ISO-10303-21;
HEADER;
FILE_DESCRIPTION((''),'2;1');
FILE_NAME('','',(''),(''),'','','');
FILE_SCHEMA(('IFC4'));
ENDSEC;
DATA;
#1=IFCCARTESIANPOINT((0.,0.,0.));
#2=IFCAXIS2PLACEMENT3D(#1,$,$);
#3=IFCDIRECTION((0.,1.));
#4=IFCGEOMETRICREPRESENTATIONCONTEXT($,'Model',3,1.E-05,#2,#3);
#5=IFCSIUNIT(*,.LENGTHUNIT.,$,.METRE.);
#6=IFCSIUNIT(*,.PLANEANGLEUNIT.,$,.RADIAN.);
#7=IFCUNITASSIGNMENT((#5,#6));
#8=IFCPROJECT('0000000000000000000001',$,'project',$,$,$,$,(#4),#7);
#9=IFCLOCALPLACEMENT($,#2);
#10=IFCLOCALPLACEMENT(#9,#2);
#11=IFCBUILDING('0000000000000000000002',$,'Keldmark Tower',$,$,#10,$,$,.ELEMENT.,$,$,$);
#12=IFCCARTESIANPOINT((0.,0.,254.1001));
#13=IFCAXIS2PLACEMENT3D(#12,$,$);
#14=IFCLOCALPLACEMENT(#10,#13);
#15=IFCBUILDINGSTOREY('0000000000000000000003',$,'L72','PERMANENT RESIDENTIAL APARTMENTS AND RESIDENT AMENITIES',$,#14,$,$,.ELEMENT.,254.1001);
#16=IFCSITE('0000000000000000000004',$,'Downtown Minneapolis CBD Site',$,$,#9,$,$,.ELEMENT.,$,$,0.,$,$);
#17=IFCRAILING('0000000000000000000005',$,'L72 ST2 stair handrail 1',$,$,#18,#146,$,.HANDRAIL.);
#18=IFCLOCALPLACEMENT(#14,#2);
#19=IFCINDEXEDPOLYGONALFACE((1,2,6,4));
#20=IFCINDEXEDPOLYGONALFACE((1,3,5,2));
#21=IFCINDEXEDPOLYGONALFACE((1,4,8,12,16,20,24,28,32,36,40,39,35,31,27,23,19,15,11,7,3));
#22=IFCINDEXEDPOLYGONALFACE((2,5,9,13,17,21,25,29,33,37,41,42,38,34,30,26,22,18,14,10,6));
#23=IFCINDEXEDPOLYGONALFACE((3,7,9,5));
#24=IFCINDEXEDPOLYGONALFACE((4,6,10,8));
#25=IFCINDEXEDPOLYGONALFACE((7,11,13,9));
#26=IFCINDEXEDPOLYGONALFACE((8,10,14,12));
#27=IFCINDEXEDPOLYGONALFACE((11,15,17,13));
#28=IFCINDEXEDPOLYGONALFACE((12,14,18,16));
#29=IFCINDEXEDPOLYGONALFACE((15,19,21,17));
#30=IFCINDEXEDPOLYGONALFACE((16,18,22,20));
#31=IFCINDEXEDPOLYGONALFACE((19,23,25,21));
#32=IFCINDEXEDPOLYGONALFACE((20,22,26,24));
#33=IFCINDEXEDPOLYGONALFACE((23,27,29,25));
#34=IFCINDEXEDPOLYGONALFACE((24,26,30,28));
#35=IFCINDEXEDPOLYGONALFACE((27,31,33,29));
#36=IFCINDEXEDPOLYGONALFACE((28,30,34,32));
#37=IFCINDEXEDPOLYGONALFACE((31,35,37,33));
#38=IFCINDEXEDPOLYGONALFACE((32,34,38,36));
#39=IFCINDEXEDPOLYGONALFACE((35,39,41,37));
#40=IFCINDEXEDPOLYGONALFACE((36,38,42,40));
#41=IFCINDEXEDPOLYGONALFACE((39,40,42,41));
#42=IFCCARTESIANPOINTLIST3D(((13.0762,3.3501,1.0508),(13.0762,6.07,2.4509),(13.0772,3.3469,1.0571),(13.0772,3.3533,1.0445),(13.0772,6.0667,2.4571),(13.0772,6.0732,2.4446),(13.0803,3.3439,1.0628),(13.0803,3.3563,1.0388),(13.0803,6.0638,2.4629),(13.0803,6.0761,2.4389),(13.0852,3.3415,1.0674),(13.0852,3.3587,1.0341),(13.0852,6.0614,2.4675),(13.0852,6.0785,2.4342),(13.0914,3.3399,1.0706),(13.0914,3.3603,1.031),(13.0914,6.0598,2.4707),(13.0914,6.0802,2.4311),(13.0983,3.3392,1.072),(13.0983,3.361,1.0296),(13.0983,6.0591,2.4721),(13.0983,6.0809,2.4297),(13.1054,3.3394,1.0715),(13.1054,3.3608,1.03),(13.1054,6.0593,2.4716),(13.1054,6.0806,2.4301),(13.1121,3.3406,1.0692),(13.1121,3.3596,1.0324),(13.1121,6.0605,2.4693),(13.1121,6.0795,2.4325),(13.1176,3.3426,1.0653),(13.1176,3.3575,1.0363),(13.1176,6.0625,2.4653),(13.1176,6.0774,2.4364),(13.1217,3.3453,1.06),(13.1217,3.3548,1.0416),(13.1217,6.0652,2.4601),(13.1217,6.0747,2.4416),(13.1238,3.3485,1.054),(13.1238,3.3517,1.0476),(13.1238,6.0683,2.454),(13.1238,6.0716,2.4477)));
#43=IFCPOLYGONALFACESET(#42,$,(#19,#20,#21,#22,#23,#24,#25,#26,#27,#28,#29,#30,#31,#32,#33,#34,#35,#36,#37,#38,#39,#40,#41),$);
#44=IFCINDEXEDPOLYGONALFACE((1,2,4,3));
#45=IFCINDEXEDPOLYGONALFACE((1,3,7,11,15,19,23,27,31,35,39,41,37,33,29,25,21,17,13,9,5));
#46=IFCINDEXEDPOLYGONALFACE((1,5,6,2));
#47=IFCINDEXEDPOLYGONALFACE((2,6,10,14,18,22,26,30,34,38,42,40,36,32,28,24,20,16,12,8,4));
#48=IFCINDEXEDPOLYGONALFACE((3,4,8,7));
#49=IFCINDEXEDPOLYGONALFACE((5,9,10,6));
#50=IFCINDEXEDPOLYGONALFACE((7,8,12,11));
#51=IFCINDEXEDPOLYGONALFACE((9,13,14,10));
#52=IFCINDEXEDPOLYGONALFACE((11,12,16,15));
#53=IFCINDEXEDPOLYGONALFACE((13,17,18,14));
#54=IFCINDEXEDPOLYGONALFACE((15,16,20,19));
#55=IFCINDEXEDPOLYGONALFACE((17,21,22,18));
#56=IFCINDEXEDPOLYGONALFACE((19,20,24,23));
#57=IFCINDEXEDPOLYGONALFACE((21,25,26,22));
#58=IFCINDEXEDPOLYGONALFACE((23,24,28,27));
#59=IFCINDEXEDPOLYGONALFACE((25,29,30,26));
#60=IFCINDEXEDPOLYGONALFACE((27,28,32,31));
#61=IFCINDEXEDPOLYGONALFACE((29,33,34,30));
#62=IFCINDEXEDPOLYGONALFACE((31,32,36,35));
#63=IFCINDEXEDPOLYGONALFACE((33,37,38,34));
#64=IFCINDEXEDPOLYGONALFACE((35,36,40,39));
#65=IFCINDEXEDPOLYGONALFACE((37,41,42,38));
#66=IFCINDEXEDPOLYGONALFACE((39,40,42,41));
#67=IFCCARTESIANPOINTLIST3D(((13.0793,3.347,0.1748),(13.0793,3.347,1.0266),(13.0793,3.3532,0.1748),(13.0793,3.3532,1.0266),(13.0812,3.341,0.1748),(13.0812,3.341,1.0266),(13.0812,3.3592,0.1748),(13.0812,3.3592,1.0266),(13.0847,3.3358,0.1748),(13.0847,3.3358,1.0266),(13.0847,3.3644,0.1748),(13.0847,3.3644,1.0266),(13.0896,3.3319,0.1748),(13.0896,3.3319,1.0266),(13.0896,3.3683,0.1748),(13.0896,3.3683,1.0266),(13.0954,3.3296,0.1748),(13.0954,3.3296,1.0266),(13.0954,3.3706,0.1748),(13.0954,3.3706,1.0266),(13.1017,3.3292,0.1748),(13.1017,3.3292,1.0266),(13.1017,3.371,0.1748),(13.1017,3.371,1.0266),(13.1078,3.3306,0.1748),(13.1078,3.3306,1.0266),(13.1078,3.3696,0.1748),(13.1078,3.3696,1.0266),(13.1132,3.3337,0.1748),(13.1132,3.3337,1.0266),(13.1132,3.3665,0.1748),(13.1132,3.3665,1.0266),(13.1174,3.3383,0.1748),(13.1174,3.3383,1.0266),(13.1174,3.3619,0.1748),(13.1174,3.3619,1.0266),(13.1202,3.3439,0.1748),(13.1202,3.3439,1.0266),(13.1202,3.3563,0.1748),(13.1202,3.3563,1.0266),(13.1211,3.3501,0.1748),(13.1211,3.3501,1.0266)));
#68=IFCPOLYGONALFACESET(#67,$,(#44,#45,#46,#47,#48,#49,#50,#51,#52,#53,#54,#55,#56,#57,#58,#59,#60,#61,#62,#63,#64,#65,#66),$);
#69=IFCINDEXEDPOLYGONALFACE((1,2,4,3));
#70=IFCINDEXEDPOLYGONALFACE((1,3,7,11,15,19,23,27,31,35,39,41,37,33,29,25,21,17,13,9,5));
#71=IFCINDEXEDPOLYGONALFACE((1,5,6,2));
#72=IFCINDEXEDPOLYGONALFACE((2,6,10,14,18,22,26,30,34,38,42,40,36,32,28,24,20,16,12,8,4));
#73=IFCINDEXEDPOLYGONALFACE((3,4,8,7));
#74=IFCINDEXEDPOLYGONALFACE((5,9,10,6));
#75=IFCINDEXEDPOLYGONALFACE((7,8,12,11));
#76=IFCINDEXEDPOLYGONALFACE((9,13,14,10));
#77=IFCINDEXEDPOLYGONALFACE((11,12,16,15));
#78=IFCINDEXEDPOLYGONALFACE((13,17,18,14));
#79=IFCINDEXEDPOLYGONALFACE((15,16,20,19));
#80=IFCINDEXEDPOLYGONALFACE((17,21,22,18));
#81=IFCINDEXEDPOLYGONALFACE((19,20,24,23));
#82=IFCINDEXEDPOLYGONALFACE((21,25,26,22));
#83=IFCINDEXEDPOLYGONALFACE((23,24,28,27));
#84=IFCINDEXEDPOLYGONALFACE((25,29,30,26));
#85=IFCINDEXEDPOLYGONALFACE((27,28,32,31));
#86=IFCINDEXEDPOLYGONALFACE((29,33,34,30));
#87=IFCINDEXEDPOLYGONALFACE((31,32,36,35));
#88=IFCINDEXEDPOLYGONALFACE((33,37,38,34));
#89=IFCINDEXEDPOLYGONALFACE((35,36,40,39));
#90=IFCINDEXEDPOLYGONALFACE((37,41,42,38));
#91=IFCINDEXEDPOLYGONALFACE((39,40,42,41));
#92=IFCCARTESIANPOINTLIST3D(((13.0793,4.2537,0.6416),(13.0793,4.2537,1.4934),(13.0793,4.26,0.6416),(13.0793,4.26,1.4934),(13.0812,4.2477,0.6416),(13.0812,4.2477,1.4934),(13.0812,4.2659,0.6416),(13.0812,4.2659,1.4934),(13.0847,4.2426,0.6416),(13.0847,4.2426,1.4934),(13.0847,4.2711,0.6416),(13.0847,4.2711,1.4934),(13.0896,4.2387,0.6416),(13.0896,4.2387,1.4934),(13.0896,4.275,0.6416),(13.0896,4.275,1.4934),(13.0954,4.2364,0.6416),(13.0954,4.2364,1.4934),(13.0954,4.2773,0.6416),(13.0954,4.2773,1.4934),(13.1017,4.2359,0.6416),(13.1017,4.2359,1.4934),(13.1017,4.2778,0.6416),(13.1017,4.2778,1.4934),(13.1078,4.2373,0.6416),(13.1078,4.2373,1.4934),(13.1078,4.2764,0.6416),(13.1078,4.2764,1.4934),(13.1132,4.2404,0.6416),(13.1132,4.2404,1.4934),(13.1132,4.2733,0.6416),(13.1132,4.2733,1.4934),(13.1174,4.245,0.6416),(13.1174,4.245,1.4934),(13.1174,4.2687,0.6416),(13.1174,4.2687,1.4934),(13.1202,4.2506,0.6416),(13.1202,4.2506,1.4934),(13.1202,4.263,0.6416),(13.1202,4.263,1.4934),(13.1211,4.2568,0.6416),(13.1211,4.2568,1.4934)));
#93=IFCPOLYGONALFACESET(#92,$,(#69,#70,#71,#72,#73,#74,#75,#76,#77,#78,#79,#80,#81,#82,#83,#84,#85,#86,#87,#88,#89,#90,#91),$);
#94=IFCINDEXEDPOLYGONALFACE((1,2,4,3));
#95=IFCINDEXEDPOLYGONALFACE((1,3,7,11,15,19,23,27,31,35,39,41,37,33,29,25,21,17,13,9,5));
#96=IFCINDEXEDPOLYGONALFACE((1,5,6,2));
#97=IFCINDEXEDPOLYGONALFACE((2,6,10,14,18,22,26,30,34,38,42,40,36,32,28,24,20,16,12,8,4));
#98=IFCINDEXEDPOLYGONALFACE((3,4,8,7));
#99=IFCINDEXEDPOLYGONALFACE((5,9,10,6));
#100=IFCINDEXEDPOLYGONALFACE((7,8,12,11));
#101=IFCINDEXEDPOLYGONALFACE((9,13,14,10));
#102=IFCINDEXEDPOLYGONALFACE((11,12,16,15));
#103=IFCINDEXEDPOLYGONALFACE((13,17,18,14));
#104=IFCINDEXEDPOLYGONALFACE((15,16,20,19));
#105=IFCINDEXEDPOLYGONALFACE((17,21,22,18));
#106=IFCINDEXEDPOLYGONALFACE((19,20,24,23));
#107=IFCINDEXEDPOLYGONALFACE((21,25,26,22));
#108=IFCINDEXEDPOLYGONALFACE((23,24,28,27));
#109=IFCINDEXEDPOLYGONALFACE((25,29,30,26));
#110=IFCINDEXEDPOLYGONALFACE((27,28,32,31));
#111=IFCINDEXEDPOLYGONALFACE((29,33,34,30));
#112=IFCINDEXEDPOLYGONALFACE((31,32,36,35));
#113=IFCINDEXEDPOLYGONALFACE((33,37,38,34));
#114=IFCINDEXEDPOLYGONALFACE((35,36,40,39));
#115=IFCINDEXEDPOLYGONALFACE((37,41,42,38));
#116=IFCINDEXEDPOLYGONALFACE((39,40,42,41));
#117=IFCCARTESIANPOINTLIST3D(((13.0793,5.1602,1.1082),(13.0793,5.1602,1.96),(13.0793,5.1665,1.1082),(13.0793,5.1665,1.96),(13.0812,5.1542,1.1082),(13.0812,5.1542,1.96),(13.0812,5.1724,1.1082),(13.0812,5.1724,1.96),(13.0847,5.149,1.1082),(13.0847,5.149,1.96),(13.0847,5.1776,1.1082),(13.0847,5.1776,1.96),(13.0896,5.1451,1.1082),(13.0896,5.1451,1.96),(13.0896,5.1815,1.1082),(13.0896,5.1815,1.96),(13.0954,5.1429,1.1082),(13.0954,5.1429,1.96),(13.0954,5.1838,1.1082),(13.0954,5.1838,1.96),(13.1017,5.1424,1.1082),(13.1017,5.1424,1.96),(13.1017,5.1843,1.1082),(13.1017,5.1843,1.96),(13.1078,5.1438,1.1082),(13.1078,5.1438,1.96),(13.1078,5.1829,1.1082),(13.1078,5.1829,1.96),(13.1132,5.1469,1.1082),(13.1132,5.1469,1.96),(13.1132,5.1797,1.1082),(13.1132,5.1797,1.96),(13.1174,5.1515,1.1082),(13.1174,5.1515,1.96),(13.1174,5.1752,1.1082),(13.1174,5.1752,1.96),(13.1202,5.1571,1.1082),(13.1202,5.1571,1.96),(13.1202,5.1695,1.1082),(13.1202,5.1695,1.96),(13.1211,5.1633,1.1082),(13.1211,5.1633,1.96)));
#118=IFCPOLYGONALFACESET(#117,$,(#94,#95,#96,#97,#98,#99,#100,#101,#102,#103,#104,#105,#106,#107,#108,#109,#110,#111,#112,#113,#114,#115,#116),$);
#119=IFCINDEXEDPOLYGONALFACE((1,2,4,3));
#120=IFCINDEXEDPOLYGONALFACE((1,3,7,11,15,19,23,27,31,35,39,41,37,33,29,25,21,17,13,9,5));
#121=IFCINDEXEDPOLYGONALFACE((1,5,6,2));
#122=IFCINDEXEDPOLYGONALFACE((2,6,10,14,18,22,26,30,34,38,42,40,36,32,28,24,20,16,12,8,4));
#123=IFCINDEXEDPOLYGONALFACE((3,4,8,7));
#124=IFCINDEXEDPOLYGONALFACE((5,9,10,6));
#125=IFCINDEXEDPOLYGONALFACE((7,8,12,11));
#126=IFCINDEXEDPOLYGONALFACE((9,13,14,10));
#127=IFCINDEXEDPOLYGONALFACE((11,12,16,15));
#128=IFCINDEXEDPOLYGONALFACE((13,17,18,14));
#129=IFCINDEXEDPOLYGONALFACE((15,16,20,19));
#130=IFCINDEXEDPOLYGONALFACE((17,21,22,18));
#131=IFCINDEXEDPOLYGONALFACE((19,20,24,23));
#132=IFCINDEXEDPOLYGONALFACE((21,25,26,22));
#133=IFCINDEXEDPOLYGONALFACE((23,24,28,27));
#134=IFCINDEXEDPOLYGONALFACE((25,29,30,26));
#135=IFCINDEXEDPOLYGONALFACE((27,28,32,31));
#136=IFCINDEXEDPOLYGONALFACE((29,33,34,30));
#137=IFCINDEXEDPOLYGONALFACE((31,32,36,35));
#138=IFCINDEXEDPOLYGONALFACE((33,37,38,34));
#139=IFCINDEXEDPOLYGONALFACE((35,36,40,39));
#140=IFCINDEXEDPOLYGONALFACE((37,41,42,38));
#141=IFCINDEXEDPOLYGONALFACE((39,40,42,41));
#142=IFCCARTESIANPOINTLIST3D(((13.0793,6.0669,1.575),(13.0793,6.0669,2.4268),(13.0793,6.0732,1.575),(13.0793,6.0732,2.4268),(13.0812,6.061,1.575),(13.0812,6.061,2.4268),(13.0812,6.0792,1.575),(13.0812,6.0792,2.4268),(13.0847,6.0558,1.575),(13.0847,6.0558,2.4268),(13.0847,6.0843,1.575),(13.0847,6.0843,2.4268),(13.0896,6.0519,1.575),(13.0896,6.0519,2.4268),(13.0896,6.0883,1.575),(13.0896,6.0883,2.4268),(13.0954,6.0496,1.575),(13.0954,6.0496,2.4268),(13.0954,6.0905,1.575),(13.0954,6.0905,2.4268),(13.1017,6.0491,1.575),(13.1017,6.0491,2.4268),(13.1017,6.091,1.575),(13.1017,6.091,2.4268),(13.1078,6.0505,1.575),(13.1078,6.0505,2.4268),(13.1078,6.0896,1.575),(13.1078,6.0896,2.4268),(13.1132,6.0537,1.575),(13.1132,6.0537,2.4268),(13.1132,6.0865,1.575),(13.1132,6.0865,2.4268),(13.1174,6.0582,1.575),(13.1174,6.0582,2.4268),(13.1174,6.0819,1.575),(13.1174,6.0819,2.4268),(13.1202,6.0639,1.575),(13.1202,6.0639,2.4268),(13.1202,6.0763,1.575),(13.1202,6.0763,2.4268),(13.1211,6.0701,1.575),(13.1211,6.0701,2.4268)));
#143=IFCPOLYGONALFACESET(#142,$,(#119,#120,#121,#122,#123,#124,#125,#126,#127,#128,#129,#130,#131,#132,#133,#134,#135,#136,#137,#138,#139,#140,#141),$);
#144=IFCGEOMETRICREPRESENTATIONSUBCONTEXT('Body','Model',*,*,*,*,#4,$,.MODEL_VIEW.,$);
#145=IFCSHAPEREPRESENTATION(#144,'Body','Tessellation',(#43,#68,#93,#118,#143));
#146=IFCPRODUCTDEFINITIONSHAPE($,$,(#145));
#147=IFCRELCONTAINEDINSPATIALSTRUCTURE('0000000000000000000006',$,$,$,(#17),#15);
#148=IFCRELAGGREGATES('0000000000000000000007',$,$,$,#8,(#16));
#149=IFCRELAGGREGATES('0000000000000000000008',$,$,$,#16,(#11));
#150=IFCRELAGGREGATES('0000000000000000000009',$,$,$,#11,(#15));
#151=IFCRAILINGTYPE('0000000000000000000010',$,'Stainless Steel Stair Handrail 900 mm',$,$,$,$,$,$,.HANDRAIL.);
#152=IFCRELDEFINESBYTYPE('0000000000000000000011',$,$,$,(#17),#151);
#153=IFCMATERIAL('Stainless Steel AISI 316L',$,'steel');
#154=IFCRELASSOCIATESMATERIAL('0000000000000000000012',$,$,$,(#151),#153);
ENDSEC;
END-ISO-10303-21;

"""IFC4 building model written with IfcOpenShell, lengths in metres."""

from ifc_helpers import new_model, si_unit, direction, frame, origin, origin_2d, place, context, subcontext, project, spatial, circle, extrude, material, type_object, element, save


model = new_model("IFC4")

# Units and contexts
model_context = context("Model", 3, precision=1e-05, world=origin(), true_north=direction((0.0, 1.0)))
body_context = subcontext(model_context, "Body", "Model", "MODEL_VIEW")
ifc_project = project(units=[si_unit("LENGTHUNIT", "METRE"), si_unit("PLANEANGLEUNIT", "RADIAN")], contexts=[model_context])

# Site, building, storey
site_placement = place(None, origin())
site = spatial("IfcSite", under=ifc_project, at=site_placement, Name="Downtown Minneapolis CBD Site", CompositionType="ELEMENT", RefElevation=0.0)
building_placement = place(site_placement, origin())
building = spatial("IfcBuilding", under=site, at=building_placement, Name="Keldmark Tower", CompositionType="ELEMENT")
storey_placement = place(building_placement, frame((0.0, 0.0, 254.1001)))
storey = spatial("IfcBuildingStorey", under=building, at=storey_placement, Name="L72", Description="PERMANENT RESIDENTIAL APARTMENTS AND RESIDENT AMENITIES", CompositionType="ELEMENT", Elevation=254.1001)

# Railing
ifc_material_1 = material(Name="Stainless Steel AISI 316L", Category="steel")
railing_type = type_object("IfcRailingType", Name="Stainless Steel Stair Handrail 900 mm", PredefinedType="HANDRAIL", material=ifc_material_1)
railing_placement = place(storey_placement, frame((13.1001, 3.3501, 0.1748)))
element("IfcRailing", 1, at=railing_placement, inside=storey, type_object=railing_type, Name="L72 ST2 stair handrail 1", PredefinedType="HANDRAIL", context=body_context, shape_type="SweptSolid", body=[
    extrude(circle(Radius=0.0239, at=origin_2d()), frame((0.0, 0.0, 0.876), z_axis=(0.0, 0.889114, 0.457685), x_axis=(-1.0, 0.0, 0.0)), (0.0, 0.0, 1.0), 3.0591),
    extrude(circle(Radius=0.021, at=origin_2d()), origin(), (0.0, 0.0, 1.0), 0.8518),
    extrude(circle(Radius=0.021, at=origin_2d()), frame((0.0, 0.9067, 0.4668)), (0.0, 0.0, 1.0), 0.8518),
    extrude(circle(Radius=0.021, at=origin_2d()), frame((0.0, 1.8132, 0.9333)), (0.0, 0.0, 1.0), 0.8518),
    extrude(circle(Radius=0.021, at=origin_2d()), frame((0.0, 2.72, 1.4001)), (0.0, 0.0, 1.0), 0.8518),
])

save(model, "model.ifc")
